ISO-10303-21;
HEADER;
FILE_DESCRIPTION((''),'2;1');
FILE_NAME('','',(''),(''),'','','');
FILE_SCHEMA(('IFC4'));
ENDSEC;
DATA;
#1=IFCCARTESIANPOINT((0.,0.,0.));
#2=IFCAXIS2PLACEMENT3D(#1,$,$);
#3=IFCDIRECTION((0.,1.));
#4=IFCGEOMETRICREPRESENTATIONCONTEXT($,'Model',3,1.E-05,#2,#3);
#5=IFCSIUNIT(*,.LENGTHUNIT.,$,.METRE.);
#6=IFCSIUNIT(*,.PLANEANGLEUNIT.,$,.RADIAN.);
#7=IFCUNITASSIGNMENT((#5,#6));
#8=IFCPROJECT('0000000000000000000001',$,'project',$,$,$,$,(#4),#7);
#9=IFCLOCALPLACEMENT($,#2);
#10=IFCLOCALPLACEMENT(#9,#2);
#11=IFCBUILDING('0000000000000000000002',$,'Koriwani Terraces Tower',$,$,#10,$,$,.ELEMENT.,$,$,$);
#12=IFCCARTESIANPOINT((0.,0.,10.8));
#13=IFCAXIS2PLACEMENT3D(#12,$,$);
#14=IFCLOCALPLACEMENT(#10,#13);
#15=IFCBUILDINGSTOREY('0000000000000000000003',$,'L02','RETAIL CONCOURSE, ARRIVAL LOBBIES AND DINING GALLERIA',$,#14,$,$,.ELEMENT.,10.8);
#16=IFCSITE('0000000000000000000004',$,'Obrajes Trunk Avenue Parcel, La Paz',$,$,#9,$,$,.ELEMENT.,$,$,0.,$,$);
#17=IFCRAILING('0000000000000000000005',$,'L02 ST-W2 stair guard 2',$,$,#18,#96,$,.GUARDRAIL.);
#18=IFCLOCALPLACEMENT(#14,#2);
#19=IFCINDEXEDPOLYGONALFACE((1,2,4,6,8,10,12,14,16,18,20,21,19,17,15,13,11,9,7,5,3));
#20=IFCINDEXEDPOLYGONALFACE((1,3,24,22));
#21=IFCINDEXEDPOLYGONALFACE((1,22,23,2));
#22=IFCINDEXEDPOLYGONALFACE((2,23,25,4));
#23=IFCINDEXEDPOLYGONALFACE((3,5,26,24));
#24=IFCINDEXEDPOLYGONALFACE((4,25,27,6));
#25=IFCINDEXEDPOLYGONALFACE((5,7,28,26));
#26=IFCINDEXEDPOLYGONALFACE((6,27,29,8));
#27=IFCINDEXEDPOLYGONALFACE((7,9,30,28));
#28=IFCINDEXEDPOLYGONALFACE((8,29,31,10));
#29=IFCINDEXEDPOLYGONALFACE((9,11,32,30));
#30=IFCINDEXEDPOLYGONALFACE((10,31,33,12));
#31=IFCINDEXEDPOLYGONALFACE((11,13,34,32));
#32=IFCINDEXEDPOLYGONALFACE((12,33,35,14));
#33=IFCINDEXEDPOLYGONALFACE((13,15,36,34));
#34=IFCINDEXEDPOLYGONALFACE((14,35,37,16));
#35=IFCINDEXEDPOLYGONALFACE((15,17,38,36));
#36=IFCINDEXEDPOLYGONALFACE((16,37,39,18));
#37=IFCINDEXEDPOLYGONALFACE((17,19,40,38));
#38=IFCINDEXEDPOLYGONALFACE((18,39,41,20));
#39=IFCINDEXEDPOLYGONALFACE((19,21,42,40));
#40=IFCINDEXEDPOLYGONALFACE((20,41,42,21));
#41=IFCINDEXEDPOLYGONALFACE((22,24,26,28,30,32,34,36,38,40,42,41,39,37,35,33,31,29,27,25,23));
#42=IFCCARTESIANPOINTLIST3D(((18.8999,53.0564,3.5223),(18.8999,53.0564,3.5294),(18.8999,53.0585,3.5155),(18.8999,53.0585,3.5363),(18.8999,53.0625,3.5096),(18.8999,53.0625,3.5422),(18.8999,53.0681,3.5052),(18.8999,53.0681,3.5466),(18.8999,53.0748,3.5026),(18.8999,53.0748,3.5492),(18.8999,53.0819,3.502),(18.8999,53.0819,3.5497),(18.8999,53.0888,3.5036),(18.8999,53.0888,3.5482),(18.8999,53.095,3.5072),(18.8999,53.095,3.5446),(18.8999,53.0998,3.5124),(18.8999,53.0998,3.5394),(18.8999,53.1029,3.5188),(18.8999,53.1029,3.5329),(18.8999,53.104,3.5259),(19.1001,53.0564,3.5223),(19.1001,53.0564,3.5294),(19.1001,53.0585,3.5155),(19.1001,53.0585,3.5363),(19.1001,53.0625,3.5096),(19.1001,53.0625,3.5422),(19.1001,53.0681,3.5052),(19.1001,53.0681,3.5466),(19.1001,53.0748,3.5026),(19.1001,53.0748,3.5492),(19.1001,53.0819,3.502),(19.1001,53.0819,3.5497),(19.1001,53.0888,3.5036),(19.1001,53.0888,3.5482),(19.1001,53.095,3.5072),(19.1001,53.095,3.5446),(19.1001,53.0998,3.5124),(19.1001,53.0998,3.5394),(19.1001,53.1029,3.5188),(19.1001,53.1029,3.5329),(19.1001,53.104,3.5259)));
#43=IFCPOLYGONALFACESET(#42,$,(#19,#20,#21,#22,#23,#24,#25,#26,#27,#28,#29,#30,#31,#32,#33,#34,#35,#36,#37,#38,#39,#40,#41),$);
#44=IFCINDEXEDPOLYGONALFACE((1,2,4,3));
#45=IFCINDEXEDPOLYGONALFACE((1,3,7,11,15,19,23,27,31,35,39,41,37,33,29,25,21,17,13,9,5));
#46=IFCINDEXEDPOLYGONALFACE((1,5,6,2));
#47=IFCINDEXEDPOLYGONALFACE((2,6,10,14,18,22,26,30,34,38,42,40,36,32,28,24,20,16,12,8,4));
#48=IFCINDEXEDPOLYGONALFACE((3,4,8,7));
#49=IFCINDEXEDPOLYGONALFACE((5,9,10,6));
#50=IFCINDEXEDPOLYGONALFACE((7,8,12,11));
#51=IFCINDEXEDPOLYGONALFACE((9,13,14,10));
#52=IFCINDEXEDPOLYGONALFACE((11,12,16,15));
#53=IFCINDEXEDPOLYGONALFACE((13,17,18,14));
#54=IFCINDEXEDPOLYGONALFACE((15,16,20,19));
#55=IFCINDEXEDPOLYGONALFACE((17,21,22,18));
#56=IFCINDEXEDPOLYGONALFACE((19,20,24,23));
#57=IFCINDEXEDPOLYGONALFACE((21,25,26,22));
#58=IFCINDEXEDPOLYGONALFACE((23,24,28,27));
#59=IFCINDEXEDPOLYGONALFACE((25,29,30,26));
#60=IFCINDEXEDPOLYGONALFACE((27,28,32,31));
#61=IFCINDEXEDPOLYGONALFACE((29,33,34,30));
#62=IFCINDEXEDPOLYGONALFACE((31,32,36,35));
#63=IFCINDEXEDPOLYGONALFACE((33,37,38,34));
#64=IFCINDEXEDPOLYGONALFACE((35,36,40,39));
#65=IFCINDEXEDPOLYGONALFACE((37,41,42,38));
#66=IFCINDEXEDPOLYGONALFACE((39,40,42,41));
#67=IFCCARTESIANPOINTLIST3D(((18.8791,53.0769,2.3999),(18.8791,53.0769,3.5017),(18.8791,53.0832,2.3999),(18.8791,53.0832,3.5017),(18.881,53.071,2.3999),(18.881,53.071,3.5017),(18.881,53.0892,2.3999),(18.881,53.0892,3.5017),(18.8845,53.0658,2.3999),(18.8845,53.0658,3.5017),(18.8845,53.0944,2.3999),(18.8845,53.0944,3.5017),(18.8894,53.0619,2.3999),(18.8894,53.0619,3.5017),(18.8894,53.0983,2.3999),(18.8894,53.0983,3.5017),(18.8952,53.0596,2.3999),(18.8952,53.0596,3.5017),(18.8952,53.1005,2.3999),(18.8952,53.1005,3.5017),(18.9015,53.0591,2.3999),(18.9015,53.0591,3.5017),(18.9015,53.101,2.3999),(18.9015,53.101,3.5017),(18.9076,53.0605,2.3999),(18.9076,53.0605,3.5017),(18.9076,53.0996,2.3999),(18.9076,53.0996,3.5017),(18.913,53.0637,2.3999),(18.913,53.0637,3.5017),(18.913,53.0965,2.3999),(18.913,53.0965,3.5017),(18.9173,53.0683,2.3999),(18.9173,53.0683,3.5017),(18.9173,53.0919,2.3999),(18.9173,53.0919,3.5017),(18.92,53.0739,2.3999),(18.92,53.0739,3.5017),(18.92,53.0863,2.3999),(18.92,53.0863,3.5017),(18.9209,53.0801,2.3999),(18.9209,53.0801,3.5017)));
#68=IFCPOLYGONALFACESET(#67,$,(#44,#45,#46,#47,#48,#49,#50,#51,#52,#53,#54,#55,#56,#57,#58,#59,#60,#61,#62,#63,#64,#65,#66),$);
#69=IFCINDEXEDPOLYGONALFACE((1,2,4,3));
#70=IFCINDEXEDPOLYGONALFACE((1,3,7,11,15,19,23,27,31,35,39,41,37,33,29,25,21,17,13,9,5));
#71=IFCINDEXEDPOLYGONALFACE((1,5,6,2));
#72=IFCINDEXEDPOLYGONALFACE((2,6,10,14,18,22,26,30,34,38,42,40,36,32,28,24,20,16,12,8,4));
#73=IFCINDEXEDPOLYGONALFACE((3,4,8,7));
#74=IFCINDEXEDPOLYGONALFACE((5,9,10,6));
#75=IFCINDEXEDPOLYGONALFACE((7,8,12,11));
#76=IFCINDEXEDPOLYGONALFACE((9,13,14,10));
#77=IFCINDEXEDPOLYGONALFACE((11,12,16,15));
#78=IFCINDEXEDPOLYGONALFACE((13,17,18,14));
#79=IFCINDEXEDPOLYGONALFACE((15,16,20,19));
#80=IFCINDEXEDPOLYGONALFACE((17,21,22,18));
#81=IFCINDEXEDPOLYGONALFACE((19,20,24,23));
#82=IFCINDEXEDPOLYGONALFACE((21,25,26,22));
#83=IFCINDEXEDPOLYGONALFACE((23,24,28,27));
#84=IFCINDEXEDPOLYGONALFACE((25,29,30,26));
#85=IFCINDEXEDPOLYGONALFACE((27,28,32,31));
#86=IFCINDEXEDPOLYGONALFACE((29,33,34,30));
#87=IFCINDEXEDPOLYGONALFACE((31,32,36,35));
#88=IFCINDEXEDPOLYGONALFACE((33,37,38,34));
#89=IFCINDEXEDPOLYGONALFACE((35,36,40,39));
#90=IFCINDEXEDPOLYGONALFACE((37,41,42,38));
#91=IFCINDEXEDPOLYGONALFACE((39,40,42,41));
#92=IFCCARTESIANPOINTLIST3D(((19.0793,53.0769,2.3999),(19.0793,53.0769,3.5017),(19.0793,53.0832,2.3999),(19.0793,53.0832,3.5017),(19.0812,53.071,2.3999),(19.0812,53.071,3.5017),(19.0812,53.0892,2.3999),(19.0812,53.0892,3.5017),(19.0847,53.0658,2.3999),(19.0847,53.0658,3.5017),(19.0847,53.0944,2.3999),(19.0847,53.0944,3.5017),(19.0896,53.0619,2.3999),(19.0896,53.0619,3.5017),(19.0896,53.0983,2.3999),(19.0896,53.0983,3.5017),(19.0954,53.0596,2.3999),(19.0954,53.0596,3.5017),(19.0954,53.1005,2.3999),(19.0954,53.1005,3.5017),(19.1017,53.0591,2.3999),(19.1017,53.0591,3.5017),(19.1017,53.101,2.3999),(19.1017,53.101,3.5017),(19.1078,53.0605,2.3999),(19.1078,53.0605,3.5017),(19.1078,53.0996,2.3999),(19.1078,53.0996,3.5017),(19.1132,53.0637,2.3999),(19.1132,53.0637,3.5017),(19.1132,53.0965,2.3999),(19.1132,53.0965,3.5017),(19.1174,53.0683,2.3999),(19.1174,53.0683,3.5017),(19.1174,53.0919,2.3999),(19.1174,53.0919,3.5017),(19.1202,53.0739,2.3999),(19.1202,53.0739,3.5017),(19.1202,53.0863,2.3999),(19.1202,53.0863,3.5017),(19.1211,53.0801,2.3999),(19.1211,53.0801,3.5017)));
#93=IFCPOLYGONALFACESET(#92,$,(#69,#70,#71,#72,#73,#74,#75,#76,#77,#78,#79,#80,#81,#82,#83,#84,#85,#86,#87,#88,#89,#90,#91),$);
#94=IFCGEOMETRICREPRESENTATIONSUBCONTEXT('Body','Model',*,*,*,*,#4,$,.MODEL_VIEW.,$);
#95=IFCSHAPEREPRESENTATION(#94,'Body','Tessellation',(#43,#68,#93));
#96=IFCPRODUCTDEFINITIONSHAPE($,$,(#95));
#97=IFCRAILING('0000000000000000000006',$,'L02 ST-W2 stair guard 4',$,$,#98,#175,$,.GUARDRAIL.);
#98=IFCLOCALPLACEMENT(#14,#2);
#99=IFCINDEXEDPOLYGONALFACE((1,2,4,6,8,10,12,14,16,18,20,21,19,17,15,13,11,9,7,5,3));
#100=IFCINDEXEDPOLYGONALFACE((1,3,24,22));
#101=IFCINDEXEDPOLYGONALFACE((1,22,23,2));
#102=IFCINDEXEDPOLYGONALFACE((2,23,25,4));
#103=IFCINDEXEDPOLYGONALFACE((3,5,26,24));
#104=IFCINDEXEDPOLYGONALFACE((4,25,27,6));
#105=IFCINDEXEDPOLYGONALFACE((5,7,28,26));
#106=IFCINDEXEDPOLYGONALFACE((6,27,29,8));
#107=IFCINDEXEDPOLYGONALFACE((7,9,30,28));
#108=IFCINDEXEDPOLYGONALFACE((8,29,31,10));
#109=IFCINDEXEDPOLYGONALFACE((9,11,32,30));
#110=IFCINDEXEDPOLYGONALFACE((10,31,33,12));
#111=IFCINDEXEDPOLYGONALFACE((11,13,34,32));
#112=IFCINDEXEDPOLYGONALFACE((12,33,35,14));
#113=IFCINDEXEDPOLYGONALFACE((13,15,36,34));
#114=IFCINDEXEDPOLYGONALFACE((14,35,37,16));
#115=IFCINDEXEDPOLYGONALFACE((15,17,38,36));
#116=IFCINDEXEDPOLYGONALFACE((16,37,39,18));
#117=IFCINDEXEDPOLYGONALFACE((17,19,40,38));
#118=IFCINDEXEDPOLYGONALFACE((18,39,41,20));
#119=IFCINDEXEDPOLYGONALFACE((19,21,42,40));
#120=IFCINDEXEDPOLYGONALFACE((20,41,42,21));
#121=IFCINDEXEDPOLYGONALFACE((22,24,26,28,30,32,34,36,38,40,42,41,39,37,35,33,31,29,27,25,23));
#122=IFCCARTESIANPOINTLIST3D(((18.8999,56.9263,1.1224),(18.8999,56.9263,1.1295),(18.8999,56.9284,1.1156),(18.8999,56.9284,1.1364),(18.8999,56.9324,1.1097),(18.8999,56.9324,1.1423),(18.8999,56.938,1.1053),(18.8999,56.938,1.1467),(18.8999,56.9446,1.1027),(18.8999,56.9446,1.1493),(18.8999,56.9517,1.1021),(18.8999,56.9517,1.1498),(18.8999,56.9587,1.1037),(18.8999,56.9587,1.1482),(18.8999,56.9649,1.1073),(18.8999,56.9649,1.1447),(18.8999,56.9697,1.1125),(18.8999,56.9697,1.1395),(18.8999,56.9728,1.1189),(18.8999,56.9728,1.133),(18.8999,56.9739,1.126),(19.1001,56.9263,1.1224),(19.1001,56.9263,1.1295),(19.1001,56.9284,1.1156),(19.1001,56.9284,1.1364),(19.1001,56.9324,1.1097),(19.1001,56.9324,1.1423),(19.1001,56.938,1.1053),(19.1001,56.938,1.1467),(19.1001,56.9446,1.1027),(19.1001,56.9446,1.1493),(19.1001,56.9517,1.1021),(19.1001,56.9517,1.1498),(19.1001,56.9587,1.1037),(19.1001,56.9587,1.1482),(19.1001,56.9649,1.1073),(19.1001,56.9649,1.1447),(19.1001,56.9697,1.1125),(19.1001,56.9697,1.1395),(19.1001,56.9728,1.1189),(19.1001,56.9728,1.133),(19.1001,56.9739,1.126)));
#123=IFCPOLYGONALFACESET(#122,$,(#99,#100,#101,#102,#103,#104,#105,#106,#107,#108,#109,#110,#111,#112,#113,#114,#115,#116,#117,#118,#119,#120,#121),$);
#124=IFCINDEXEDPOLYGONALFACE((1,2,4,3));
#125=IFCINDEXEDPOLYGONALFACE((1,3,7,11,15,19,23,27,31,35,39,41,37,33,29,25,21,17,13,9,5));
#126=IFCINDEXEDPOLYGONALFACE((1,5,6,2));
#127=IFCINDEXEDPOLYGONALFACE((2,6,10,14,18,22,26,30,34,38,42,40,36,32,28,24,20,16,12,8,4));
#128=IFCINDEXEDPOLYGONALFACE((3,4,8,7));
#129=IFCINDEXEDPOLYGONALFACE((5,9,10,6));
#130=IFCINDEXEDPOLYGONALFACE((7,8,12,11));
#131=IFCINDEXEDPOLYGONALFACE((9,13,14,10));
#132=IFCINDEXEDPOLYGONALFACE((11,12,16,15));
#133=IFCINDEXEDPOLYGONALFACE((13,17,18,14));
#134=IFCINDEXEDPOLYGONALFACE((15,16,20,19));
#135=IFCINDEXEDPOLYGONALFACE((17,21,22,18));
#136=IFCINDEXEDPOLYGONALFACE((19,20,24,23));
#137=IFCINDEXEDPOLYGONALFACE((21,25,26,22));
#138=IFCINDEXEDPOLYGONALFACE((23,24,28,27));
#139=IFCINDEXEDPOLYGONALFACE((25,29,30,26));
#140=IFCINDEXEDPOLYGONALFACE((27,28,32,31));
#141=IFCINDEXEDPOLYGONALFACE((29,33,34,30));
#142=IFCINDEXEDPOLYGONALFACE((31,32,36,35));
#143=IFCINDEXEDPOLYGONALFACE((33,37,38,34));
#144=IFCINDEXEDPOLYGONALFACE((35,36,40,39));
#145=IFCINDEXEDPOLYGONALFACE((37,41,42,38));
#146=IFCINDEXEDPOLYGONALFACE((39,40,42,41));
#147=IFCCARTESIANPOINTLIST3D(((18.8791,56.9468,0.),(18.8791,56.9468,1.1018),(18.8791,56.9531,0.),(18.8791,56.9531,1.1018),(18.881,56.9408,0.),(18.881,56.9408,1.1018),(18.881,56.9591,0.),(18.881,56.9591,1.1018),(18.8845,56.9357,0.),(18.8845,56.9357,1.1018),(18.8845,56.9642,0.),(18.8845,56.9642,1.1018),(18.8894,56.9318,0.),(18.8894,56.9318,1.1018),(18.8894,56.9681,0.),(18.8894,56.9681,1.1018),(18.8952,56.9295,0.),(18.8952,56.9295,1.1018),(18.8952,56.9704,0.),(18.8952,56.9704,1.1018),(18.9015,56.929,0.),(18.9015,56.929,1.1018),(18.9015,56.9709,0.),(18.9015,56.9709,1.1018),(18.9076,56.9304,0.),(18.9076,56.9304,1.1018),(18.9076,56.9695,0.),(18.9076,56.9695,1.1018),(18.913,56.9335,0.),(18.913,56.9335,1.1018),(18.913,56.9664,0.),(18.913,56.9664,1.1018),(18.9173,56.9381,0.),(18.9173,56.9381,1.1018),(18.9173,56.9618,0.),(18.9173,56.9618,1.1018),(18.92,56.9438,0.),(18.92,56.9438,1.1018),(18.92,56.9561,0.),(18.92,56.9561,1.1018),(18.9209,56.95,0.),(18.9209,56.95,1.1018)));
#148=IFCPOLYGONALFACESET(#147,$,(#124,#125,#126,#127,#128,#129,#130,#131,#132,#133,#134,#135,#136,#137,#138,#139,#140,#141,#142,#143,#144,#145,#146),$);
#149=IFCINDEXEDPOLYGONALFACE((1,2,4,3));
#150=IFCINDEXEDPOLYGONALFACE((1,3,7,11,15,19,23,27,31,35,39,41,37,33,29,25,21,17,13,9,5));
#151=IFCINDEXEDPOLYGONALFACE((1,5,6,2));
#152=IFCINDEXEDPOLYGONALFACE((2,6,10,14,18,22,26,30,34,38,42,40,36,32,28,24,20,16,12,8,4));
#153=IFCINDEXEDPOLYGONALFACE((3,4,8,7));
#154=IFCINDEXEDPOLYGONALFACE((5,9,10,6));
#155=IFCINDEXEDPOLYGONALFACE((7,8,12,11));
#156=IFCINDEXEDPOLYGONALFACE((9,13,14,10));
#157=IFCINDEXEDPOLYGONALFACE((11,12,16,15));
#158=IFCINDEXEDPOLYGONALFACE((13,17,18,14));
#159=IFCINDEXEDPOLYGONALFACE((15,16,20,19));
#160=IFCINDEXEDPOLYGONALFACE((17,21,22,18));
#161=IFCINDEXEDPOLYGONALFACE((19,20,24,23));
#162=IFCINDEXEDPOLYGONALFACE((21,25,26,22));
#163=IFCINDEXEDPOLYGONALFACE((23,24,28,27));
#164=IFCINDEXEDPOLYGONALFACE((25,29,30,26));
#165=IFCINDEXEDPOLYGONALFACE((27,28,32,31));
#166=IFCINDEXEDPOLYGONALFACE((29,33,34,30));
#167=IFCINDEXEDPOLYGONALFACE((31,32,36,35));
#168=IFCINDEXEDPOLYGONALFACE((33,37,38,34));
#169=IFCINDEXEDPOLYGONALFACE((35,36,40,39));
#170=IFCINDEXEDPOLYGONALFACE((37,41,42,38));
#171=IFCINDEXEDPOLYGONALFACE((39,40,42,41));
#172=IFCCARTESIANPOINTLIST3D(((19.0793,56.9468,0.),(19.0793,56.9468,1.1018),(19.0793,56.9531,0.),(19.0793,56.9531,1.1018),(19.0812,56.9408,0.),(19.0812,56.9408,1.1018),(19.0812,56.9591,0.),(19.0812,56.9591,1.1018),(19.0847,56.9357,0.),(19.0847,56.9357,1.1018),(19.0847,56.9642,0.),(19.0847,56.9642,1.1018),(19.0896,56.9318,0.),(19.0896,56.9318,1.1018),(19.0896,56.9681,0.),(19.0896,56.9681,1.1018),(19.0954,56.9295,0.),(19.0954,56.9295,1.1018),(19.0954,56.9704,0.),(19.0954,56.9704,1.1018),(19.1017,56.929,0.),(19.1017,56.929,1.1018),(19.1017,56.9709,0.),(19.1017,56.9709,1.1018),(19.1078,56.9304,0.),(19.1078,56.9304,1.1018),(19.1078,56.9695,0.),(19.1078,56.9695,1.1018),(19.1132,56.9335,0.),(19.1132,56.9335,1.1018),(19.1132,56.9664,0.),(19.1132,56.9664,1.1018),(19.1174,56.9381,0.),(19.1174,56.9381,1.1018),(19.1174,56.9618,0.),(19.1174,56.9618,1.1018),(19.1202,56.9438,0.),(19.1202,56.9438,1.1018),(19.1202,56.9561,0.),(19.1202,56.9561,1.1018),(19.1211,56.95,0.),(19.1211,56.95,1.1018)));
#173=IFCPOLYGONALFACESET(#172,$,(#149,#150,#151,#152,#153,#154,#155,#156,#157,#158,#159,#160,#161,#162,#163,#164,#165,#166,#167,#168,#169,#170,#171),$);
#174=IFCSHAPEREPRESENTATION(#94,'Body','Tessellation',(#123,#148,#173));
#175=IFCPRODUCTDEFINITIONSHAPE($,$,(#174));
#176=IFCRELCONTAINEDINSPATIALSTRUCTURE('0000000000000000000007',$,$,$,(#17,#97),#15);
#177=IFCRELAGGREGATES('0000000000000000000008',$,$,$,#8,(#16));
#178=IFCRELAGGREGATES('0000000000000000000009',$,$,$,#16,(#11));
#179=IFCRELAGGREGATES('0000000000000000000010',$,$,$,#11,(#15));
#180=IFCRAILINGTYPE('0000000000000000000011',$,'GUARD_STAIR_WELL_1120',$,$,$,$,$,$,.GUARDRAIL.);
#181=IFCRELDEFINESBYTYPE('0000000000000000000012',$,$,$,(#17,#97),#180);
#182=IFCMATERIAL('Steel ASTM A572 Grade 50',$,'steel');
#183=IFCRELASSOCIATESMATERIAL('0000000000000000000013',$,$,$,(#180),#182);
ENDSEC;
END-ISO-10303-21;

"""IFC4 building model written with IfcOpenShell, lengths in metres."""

from ifc_helpers import new_model, si_unit, direction, frame, origin, origin_2d, place, context, subcontext, project, spatial, circle, extrude, material, type_object, element, save


model = new_model("IFC4")

# Units and contexts
model_context = context("Model", 3, precision=1e-05, world=origin(), true_north=direction((0.0, 1.0)))
body_context = subcontext(model_context, "Body", "Model", "MODEL_VIEW")
ifc_project = project(units=[si_unit("LENGTHUNIT", "METRE"), si_unit("PLANEANGLEUNIT", "RADIAN")], contexts=[model_context])

# Site, building, storey
site_placement = place(None, origin())
site = spatial("IfcSite", under=ifc_project, at=site_placement, Name="Obrajes Trunk Avenue Parcel, La Paz", CompositionType="ELEMENT", RefElevation=0.0)
building_placement = place(site_placement, origin())
building = spatial("IfcBuilding", under=site, at=building_placement, Name="Koriwani Terraces Tower", CompositionType="ELEMENT")
storey_placement = place(building_placement, frame((0.0, 0.0, 10.8)))
storey = spatial("IfcBuildingStorey", under=building, at=storey_placement, Name="L02", Description="RETAIL CONCOURSE, ARRIVAL LOBBIES AND DINING GALLERIA", CompositionType="ELEMENT", Elevation=10.8)

# Shared definitions
ifc_material_1 = material(Name="Steel ASTM A572 Grade 50", Category="steel")

# Railings
railing_type_1 = type_object("IfcRailingType", Name="GUARD_STAIR_WELL_1120", PredefinedType="GUARDRAIL", material=ifc_material_1)
for number, where, name in (
    (1, (18.8999, 53.0801, 2.3999), "L02 ST-W2 stair guard 2"),
    (2, (18.8999, 56.95, 0.0), "L02 ST-W2 stair guard 4"),
):
    element("IfcRailing", number, at=place(storey_placement, frame(where)), inside=storey, type_object=railing_type_1, Name=name, PredefinedType="GUARDRAIL", context=body_context, shape_type="SweptSolid", body=[
        extrude(circle(Radius=0.0239, at=origin_2d()), frame((0.0, 0.0, 1.126), z_axis=(1.0, 0.0, 0.0), x_axis=(0.0, 1.0, 0.0)), (0.0, 0.0, 1.0), 0.2002),
        extrude(circle(Radius=0.021, at=origin_2d()), origin(), (0.0, 0.0, 1.0), 1.1018),
        extrude(circle(Radius=0.021, at=origin_2d()), frame((0.2002, 0.0, 0.0)), (0.0, 0.0, 1.0), 1.1018),
    ])

save(model, "model.ifc")
